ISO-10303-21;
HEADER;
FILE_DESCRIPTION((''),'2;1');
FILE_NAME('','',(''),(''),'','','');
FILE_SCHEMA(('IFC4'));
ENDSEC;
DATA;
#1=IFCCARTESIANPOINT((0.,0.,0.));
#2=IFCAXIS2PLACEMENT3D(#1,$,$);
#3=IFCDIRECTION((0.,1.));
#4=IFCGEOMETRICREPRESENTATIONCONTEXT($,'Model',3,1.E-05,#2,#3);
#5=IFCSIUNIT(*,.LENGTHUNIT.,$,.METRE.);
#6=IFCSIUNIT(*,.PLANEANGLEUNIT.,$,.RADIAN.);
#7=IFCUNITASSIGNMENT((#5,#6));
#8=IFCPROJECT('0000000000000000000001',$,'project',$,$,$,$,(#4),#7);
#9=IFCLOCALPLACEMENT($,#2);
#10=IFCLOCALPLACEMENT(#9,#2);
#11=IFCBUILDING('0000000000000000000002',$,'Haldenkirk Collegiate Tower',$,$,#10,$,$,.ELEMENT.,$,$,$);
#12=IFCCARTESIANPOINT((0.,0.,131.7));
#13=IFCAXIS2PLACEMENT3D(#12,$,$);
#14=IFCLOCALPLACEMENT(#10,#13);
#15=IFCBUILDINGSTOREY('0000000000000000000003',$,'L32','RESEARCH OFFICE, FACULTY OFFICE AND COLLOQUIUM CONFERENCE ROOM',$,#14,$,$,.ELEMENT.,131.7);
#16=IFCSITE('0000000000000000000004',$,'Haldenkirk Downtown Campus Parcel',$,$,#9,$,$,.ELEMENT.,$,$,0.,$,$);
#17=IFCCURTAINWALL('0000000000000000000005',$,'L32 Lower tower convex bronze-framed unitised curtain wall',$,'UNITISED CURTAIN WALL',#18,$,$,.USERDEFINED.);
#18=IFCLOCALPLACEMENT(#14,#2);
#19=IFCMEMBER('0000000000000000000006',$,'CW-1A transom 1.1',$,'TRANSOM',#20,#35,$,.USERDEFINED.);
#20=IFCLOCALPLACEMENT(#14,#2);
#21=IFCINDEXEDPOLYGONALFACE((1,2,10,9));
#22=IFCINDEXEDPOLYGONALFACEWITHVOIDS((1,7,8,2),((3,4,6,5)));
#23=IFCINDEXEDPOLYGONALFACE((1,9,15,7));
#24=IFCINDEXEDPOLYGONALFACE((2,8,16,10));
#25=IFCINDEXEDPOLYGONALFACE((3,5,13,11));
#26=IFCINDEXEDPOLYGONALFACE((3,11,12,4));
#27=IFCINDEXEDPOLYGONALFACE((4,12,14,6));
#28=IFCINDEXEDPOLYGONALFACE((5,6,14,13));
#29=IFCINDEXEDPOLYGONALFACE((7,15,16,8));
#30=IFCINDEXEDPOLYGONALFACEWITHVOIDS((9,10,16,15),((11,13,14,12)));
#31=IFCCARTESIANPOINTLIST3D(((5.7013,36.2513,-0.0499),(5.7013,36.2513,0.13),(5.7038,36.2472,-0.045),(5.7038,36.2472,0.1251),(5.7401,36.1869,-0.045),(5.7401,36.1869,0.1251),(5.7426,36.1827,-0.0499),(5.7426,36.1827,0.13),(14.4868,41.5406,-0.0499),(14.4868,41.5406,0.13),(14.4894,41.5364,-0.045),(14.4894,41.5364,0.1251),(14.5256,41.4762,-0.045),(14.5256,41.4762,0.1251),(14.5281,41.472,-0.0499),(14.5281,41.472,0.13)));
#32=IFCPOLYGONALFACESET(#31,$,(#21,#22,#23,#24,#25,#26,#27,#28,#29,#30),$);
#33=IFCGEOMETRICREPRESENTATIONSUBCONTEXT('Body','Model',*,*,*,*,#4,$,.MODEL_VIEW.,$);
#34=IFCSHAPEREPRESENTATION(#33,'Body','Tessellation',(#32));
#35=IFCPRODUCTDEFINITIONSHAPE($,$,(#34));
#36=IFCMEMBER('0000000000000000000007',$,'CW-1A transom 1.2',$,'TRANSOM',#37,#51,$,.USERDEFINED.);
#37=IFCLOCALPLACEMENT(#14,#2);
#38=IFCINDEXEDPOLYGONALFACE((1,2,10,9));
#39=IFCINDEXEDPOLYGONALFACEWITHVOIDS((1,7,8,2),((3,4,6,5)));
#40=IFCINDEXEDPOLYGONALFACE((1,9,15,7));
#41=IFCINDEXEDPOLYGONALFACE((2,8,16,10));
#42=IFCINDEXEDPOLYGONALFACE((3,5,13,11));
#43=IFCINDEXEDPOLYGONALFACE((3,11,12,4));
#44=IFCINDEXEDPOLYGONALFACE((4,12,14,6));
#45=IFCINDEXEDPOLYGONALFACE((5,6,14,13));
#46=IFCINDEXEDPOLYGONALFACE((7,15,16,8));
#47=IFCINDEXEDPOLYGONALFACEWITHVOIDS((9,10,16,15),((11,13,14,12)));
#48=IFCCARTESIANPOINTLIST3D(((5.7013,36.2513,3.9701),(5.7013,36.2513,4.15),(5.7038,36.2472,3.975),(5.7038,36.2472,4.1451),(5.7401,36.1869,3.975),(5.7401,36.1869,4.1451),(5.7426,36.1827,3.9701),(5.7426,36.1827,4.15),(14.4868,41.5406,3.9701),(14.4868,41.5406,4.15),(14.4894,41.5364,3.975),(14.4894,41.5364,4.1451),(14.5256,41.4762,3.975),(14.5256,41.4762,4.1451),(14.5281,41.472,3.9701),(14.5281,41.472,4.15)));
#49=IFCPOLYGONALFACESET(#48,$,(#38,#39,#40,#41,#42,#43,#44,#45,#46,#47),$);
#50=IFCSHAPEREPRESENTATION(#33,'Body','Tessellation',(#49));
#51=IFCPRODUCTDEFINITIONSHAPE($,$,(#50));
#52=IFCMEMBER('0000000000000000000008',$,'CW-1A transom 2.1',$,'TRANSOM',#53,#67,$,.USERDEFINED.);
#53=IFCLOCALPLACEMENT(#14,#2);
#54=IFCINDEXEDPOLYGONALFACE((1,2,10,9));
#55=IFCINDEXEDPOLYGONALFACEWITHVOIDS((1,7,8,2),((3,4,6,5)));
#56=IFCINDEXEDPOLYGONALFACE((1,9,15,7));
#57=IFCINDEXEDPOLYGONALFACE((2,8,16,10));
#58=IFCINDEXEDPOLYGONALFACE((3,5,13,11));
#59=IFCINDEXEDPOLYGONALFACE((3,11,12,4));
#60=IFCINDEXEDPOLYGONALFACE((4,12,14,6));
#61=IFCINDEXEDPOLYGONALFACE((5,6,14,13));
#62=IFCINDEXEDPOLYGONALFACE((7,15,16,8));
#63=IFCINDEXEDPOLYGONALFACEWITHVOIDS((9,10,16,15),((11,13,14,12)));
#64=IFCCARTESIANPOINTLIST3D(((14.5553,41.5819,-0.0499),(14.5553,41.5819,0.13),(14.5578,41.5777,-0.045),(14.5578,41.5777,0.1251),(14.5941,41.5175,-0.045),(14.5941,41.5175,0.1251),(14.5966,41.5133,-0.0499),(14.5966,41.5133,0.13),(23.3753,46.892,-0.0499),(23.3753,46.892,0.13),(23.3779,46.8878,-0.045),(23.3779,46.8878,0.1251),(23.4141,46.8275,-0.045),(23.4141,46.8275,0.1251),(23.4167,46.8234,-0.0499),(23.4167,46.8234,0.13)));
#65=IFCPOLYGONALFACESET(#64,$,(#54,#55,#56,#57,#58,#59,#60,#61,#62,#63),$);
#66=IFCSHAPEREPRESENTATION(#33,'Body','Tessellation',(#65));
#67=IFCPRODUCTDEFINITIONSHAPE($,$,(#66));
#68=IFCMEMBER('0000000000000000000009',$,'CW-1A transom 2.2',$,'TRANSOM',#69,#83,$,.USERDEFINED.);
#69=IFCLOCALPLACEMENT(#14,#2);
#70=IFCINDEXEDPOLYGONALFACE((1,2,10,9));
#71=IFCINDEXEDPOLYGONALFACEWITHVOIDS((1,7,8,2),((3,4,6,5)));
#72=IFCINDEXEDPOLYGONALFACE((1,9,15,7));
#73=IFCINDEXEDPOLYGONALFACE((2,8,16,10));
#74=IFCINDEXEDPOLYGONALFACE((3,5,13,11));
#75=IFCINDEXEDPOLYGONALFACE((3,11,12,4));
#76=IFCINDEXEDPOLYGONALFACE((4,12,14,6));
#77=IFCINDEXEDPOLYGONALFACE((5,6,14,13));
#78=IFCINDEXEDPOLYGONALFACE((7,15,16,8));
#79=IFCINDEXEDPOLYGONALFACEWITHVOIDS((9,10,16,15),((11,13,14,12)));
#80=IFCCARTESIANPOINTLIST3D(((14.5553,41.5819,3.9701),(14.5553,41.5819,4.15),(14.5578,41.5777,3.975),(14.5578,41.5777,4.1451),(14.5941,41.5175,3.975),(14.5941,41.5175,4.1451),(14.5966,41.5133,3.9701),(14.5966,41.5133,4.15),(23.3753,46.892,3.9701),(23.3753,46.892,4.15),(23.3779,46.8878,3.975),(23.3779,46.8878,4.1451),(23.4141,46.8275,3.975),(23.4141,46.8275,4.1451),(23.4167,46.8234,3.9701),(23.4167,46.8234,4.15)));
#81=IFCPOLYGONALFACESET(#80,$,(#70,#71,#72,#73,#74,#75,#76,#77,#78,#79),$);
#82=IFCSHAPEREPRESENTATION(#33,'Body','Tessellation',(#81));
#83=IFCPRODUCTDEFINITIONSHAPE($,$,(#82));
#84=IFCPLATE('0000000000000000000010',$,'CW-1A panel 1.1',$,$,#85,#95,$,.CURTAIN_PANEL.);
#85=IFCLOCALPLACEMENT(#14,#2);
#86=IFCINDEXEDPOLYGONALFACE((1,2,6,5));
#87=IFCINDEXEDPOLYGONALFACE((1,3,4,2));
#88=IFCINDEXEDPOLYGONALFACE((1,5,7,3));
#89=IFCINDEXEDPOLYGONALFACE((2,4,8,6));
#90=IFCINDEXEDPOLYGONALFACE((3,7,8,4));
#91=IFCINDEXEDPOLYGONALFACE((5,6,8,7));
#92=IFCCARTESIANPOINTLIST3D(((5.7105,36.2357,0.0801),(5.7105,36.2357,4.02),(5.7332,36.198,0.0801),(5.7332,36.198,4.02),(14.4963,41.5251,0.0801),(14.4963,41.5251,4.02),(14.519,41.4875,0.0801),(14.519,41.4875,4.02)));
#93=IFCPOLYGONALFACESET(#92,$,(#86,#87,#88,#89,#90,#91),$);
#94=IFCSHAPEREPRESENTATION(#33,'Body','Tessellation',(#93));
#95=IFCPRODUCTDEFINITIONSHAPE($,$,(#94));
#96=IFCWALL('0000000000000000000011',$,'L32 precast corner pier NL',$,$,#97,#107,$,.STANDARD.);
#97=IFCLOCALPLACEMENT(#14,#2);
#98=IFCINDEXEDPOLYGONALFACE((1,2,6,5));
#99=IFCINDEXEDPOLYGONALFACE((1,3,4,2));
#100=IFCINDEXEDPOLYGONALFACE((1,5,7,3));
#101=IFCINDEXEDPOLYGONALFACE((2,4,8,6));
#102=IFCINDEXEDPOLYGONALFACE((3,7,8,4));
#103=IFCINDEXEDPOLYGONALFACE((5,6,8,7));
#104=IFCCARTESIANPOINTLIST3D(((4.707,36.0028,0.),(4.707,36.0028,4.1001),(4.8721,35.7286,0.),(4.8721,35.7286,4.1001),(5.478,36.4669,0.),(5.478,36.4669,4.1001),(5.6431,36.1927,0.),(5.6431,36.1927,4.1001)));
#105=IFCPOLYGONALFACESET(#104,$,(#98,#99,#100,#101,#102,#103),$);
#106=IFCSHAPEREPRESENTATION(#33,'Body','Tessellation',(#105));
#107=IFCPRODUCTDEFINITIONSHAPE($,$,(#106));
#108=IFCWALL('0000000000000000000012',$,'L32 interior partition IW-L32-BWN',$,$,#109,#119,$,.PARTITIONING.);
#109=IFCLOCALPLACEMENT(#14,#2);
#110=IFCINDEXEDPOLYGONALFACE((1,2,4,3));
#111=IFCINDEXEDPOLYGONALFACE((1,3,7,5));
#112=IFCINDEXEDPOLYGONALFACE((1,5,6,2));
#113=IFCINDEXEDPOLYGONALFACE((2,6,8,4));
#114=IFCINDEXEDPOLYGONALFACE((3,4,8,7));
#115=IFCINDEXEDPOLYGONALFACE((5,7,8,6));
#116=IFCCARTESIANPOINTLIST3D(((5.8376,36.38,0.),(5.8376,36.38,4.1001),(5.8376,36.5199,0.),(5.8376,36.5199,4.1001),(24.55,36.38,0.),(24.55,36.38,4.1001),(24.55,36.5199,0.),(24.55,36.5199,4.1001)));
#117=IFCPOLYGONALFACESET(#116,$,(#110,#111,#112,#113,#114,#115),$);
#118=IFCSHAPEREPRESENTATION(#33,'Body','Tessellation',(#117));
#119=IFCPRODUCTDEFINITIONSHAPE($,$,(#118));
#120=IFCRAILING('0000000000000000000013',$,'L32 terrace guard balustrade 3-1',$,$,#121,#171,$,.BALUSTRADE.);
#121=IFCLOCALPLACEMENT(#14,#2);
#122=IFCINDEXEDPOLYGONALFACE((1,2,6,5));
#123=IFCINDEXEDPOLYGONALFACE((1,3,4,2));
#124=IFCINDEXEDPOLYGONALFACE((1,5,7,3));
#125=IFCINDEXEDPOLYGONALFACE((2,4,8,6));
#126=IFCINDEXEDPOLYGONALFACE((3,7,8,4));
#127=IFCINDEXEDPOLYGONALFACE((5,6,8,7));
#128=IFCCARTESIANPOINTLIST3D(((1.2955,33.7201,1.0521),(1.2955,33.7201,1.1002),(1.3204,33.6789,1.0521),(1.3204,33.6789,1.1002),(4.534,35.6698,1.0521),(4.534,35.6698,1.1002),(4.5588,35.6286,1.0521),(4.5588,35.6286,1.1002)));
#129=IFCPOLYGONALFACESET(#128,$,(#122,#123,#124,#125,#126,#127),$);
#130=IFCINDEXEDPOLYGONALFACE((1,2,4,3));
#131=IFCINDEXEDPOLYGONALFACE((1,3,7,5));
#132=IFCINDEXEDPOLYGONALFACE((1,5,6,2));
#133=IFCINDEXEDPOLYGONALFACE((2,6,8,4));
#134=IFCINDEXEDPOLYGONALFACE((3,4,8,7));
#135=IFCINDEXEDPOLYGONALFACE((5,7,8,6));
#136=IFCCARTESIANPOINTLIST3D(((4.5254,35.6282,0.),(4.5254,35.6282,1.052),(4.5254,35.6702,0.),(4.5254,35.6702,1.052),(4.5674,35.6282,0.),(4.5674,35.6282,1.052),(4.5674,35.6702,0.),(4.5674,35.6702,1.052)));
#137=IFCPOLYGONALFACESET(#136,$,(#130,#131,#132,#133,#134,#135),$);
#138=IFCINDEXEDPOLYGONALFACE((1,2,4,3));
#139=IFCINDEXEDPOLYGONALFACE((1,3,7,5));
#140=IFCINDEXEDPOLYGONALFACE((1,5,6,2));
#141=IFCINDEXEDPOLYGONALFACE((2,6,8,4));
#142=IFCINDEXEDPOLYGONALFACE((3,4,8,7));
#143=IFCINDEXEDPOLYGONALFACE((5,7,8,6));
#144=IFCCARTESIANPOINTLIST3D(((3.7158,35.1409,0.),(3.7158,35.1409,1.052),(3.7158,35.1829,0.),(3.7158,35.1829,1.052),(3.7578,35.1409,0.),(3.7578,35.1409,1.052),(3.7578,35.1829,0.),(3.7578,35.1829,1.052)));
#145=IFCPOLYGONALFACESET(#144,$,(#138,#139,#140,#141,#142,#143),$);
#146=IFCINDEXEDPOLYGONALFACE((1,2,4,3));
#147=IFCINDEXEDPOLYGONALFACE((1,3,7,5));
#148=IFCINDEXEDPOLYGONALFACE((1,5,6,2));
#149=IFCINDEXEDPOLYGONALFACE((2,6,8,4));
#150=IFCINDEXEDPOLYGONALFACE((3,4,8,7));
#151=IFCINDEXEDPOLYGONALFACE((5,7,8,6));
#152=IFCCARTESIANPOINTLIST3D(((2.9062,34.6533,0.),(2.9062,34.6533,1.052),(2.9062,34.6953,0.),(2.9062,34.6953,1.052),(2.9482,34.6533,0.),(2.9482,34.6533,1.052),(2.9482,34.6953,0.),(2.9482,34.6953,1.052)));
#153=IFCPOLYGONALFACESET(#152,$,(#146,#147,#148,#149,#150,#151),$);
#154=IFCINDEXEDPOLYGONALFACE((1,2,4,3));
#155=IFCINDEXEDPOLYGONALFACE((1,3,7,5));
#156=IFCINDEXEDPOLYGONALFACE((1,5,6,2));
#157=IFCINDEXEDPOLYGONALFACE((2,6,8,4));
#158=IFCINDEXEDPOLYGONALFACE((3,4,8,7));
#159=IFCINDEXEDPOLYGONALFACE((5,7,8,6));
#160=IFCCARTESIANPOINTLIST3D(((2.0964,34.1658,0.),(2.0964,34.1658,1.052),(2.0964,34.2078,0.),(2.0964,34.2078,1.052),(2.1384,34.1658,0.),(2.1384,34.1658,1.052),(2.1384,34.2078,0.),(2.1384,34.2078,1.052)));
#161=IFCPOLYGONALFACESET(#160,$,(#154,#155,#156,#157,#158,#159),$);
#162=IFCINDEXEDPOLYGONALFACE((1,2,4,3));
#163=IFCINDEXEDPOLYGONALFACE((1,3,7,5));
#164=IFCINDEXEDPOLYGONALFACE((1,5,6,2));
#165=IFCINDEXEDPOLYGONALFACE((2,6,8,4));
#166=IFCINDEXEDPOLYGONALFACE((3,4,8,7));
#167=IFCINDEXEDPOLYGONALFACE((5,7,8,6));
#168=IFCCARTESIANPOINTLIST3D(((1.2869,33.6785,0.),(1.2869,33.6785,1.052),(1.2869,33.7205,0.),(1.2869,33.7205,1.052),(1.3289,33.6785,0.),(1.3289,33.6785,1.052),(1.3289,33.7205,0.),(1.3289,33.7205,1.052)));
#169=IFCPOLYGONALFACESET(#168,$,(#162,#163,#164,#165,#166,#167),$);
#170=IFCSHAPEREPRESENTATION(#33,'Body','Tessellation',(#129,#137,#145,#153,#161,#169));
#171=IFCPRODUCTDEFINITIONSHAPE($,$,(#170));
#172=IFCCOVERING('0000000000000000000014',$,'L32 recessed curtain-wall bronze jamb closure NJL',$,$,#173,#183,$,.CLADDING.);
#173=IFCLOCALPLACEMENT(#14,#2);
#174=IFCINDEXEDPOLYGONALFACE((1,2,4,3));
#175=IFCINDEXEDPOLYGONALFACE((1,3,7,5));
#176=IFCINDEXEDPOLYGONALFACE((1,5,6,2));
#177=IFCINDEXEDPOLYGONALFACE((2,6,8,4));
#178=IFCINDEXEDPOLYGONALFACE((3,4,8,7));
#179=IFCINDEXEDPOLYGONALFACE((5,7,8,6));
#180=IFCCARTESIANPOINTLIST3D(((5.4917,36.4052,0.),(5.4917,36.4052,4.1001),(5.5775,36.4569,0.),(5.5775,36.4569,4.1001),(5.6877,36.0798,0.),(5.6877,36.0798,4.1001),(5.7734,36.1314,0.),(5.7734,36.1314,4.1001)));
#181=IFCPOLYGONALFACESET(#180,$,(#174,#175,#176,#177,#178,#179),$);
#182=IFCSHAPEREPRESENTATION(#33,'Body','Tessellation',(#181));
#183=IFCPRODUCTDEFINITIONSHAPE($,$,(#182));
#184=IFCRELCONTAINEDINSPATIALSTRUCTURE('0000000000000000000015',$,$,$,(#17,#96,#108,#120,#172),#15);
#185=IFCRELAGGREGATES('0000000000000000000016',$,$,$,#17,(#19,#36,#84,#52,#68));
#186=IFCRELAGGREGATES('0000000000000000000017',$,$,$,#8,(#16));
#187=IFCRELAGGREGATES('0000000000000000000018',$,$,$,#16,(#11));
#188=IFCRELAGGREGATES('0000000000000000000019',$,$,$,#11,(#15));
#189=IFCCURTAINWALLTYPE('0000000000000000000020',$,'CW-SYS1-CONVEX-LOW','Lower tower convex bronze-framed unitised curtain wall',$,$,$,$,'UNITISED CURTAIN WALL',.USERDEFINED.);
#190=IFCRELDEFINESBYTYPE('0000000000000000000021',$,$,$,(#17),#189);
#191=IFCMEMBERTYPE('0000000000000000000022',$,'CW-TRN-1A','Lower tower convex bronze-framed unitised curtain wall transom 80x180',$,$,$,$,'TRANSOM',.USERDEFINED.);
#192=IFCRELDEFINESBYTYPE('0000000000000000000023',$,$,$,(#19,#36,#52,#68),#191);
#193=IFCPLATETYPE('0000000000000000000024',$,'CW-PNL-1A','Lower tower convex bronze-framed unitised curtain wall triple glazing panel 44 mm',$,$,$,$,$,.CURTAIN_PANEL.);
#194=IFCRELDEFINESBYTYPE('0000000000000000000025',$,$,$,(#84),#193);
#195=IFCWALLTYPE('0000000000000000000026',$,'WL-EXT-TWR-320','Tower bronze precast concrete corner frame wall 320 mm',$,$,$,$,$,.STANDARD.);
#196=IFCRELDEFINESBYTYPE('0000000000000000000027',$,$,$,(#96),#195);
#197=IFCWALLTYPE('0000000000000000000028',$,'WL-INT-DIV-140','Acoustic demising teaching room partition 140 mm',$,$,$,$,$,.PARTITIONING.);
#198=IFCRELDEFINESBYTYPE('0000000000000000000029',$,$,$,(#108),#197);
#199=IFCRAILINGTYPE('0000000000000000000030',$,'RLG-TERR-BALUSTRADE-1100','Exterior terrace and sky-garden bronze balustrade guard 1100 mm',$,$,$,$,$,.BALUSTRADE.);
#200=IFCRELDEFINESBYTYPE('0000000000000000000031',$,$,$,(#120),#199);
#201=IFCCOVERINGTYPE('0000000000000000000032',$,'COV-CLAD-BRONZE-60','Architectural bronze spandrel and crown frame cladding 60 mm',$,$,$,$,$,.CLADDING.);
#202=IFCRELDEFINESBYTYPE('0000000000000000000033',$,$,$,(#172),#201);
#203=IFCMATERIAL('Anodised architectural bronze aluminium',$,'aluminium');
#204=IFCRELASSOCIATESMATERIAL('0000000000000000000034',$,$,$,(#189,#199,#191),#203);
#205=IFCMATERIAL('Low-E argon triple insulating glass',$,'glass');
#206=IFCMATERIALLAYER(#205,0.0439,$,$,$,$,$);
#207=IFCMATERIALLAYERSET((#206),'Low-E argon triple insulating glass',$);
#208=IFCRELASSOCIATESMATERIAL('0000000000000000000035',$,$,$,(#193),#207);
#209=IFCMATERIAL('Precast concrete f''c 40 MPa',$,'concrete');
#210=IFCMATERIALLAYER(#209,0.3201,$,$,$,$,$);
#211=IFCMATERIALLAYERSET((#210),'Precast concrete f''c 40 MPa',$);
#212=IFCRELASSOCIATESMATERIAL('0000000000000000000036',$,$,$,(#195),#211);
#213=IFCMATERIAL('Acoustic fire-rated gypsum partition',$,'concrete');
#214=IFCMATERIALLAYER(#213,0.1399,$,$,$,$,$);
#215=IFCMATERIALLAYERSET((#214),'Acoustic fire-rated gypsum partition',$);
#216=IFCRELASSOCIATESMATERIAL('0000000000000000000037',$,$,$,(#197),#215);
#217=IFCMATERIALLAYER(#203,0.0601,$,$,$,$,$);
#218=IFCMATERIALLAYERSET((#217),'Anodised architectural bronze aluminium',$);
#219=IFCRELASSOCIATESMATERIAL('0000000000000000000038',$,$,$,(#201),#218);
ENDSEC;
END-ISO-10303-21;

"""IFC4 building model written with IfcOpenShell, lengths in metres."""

from ifc_helpers import new_model, si_unit, direction, frame, frame_2d, origin, origin_2d, place, context, subcontext, project, spatial, rectangle, hollow_rectangle, extrude, source, transform, mapped, material, layer, layer_set, material_profile, profile_set, type_object, element, aggregate, save


model = new_model("IFC4")

# Units and contexts
model_context = context("Model", 3, precision=1e-05, world=origin(), true_north=direction((0.0, 1.0)))
body_context = subcontext(model_context, "Body", "Model", "MODEL_VIEW")
ifc_project = project(units=[si_unit("LENGTHUNIT", "METRE"), si_unit("PLANEANGLEUNIT", "RADIAN")], contexts=[model_context])

# Site, building, storey
site_placement = place(None, origin())
site = spatial("IfcSite", under=ifc_project, at=site_placement, Name="Haldenkirk Downtown Campus Parcel", CompositionType="ELEMENT", RefElevation=0.0)
building_placement = place(site_placement, origin())
building = spatial("IfcBuilding", under=site, at=building_placement, Name="Haldenkirk Collegiate Tower", CompositionType="ELEMENT")
storey_placement = place(building_placement, frame((0.0, 0.0, 131.7)))
storey = spatial("IfcBuildingStorey", under=building, at=storey_placement, Name="L32", Description="RESEARCH OFFICE, FACULTY OFFICE AND COLLOQUIUM CONFERENCE ROOM", CompositionType="ELEMENT", Elevation=131.7)

# Curtain wall, members, plate
ifc_material_1 = material(Name="Anodised architectural bronze aluminium", Category="aluminium")
curtain_wall_type = type_object("IfcCurtainWallType", Name="CW-SYS1-CONVEX-LOW", Description="Lower tower convex bronze-framed unitised curtain wall", ElementType="UNITISED CURTAIN WALL", PredefinedType="USERDEFINED", material=ifc_material_1)
curtain_wall_placement = place(storey_placement, origin())
curtain_wall = element("IfcCurtainWall", 1, at=curtain_wall_placement, inside=storey, type_object=curtain_wall_type, Name="L32 Lower tower convex bronze-framed unitised curtain wall", ObjectType="UNITISED CURTAIN WALL", PredefinedType="USERDEFINED")
ifc_material_profile_1 = material_profile(ifc_material_1, hollow_rectangle(XDim=0.0801, YDim=0.1799, WallThickness=0.0049, at=origin_2d()), Name="CW-TRN-1A")
ifc_profile_set_1 = profile_set([ifc_material_profile_1], Name="Anodised architectural bronze aluminium")
member_type_1 = type_object("IfcMemberType", Name="CW-TRN-1A", Description="Lower tower convex bronze-framed unitised curtain wall transom 80x180", ElementType="TRANSOM", PredefinedType="USERDEFINED", material=ifc_profile_set_1)
member_1_placement = place(storey_placement, frame((5.7219, 36.217, 0.04), z_axis=(0.856721, 0.51578, 0.0), x_axis=(-0.51578, 0.856721, 0.0)))
member_1 = element("IfcMember", 2, at=member_1_placement, type_object=member_type_1, Name="CW-1A transom 1.1", ObjectType="TRANSOM", PredefinedType="USERDEFINED", context=body_context, shape_type="SweptSolid", body=[
    extrude(hollow_rectangle(XDim=0.0801, YDim=0.1799, WallThickness=0.0049, at=origin_2d()), origin(), (0.0, 0.0, 1.0), 10.2549),
])
member_2_placement = place(storey_placement, frame((5.7219, 36.217, 4.0601), z_axis=(0.856721, 0.51578, 0.0), x_axis=(-0.51578, 0.856721, 0.0)))
member_2 = element("IfcMember", 3, at=member_2_placement, type_object=member_type_1, Name="CW-1A transom 1.2", ObjectType="TRANSOM", PredefinedType="USERDEFINED", context=body_context, shape_type="SweptSolid", body=[
    extrude(hollow_rectangle(XDim=0.0801, YDim=0.1799, WallThickness=0.0049, at=origin_2d()), origin(), (0.0, 0.0, 1.0), 10.2549),
])
member_3_placement = place(storey_placement, frame((14.5759, 41.5476, 0.04), z_axis=(0.85672, 0.515782, 0.0), x_axis=(-0.515782, 0.85672, 0.0)))
member_3 = element("IfcMember", 4, at=member_3_placement, type_object=member_type_1, Name="CW-1A transom 2.1", ObjectType="TRANSOM", PredefinedType="USERDEFINED", context=body_context, shape_type="SweptSolid", body=[
    extrude(hollow_rectangle(XDim=0.0801, YDim=0.1799, WallThickness=0.0049, at=origin_2d()), origin(), (0.0, 0.0, 1.0), 10.2952),
])
member_4_placement = place(storey_placement, frame((14.5759, 41.5476, 4.0601), z_axis=(0.85672, 0.515782, 0.0), x_axis=(-0.515782, 0.85672, 0.0)))
member_4 = element("IfcMember", 5, at=member_4_placement, type_object=member_type_1, Name="CW-1A transom 2.2", ObjectType="TRANSOM", PredefinedType="USERDEFINED", context=body_context, shape_type="SweptSolid", body=[
    extrude(hollow_rectangle(XDim=0.0801, YDim=0.1799, WallThickness=0.0049, at=origin_2d()), origin(), (0.0, 0.0, 1.0), 10.2952),
])
ifc_material_2 = material(Name="Low-E argon triple insulating glass", Category="glass")
ifc_layer_1 = layer(ifc_material_2, 0.0439)
ifc_layer_set_1 = layer_set([ifc_layer_1], Name="Low-E argon triple insulating glass")
plate_type = type_object("IfcPlateType", Name="CW-PNL-1A", Description="Lower tower convex bronze-framed unitised curtain wall triple glazing panel 44 mm", PredefinedType="CURTAIN_PANEL", material=ifc_layer_set_1)
shared_shape_1 = source(origin(), body_context, "Body", "SweptSolid", [
    extrude(rectangle(XDim=10.2551, YDim=0.0439, at=origin_2d()), origin(), (0.0, 0.0, 1.0), 3.9399),
])
plate_placement = place(storey_placement, frame((10.1147, 38.8616, 0.0801), z_axis=(0.0, 0.0, 1.0), x_axis=(0.856718, 0.515784, 0.0)))
plate = element("IfcPlate", 6, at=plate_placement, type_object=plate_type, Name="CW-1A panel 1.1", PredefinedType="CURTAIN_PANEL", context=body_context, shape_type="MappedRepresentation", body=[
    mapped(shared_shape_1, transform((0.0, 0.0, 0.0), x_axis=(1.0, 0.0, 0.0), y_axis=(0.0, 1.0, 0.0), z_axis=(0.0, 0.0, 1.0), scale=1.0)),
])
aggregate(curtain_wall, [member_1, member_2, plate, member_3, member_4])

# Walls
ifc_material_3 = material(Name="Precast concrete f'c 40 MPa", Category="concrete")
ifc_layer_2 = layer(ifc_material_3, 0.3201)
ifc_layer_set_2 = layer_set([ifc_layer_2], Name="Precast concrete f'c 40 MPa")
wall_type_1 = type_object("IfcWallType", Name="WL-EXT-TWR-320", Description="Tower bronze precast concrete corner frame wall 320 mm", PredefinedType="STANDARD", material=ifc_layer_set_2)
wall_1_placement = place(storey_placement, frame((4.7896, 35.8657, 0.0), z_axis=(0.0, 0.0, 1.0), x_axis=(0.85675, 0.515732, 0.0)))
element("IfcWall", 7, at=wall_1_placement, inside=storey, type_object=wall_type_1, Name="L32 precast corner pier NL", PredefinedType="STANDARD", context=body_context, shape_type="SweptSolid", body=[
    extrude(rectangle(XDim=0.8999, YDim=0.3201, at=frame_2d((0.45, 0.0))), origin(), (0.0, 0.0, 1.0), 4.1001),
])
ifc_material_4 = material(Name="Acoustic fire-rated gypsum partition", Category="concrete")
ifc_layer_3 = layer(ifc_material_4, 0.1399)
ifc_layer_set_3 = layer_set([ifc_layer_3], Name="Acoustic fire-rated gypsum partition")
wall_type_2 = type_object("IfcWallType", Name="WL-INT-DIV-140", Description="Acoustic demising teaching room partition 140 mm", PredefinedType="PARTITIONING", material=ifc_layer_set_3)
wall_2_placement = place(storey_placement, frame((5.8376, 36.45, 0.0), z_axis=(0.0, 0.0, 1.0), x_axis=(1.0, 0.0, 0.0)))
element("IfcWall", 8, at=wall_2_placement, inside=storey, type_object=wall_type_2, Name="L32 interior partition IW-L32-BWN", PredefinedType="PARTITIONING", context=body_context, shape_type="SweptSolid", body=[
    extrude(rectangle(XDim=18.7124, YDim=0.1399, at=frame_2d((9.3562, 0.0))), origin(), (0.0, 0.0, 1.0), 4.1001),
])

# Railing
railing_type = type_object("IfcRailingType", Name="RLG-TERR-BALUSTRADE-1100", Description="Exterior terrace and sky-garden bronze balustrade guard 1100 mm", PredefinedType="BALUSTRADE", material=ifc_material_1)
railing_placement = place(storey_placement, frame((4.5464, 35.6492, 0.0)))
element("IfcRailing", 9, at=railing_placement, inside=storey, type_object=railing_type, Name="L32 terrace guard balustrade 3-1", PredefinedType="BALUSTRADE", context=body_context, shape_type="SweptSolid", body=[
    extrude(rectangle(XDim=0.0481, YDim=0.0481, at=origin_2d()), frame((0.0, 0.0, 1.0762), z_axis=(-0.856723, -0.515777, 0.0), x_axis=(0.515777, -0.856723, 0.0)), (0.0, 0.0, 1.0), 3.78),
    extrude(rectangle(XDim=0.042, YDim=0.042, at=origin_2d()), origin(), (0.0, 0.0, 1.0), 1.052),
    extrude(rectangle(XDim=0.042, YDim=0.042, at=origin_2d()), frame((-0.8096, -0.4873, 0.0)), (0.0, 0.0, 1.0), 1.052),
    extrude(rectangle(XDim=0.042, YDim=0.042, at=origin_2d()), frame((-1.6191, -0.9749, 0.0)), (0.0, 0.0, 1.0), 1.052),
    extrude(rectangle(XDim=0.042, YDim=0.042, at=origin_2d()), frame((-2.429, -1.4624, 0.0)), (0.0, 0.0, 1.0), 1.052),
    extrude(rectangle(XDim=0.042, YDim=0.042, at=origin_2d()), frame((-3.2385, -1.9497, 0.0)), (0.0, 0.0, 1.0), 1.052),
])

# Covering
ifc_layer_4 = layer(ifc_material_1, 0.0601)
ifc_layer_set_4 = layer_set([ifc_layer_4], Name="Anodised architectural bronze aluminium")
covering_type = type_object("IfcCoveringType", Name="COV-CLAD-BRONZE-60", Description="Architectural bronze spandrel and crown frame cladding 60 mm", PredefinedType="CLADDING", material=ifc_layer_set_4)
shared_shape_2 = source(origin(), body_context, "Body", "SweptSolid", [
    extrude(rectangle(XDim=0.1001, YDim=0.3799, at=origin_2d()), origin(), (0.0, 0.0, 1.0), 4.1001),
])
covering_placement = place(storey_placement, frame((5.6326, 36.2683, 0.0), z_axis=(0.0, 0.0, 1.0), x_axis=(0.856718, 0.515786, 0.0)))
element("IfcCovering", 10, at=covering_placement, inside=storey, type_object=covering_type, Name="L32 recessed curtain-wall bronze jamb closure NJL", PredefinedType="CLADDING", context=body_context, shape_type="MappedRepresentation", body=[
    mapped(shared_shape_2, transform((0.0, 0.0, 0.0), x_axis=(1.0, 0.0, 0.0), y_axis=(0.0, 1.0, 0.0), z_axis=(0.0, 0.0, 1.0), scale=1.0)),
])

save(model, "model.ifc")
